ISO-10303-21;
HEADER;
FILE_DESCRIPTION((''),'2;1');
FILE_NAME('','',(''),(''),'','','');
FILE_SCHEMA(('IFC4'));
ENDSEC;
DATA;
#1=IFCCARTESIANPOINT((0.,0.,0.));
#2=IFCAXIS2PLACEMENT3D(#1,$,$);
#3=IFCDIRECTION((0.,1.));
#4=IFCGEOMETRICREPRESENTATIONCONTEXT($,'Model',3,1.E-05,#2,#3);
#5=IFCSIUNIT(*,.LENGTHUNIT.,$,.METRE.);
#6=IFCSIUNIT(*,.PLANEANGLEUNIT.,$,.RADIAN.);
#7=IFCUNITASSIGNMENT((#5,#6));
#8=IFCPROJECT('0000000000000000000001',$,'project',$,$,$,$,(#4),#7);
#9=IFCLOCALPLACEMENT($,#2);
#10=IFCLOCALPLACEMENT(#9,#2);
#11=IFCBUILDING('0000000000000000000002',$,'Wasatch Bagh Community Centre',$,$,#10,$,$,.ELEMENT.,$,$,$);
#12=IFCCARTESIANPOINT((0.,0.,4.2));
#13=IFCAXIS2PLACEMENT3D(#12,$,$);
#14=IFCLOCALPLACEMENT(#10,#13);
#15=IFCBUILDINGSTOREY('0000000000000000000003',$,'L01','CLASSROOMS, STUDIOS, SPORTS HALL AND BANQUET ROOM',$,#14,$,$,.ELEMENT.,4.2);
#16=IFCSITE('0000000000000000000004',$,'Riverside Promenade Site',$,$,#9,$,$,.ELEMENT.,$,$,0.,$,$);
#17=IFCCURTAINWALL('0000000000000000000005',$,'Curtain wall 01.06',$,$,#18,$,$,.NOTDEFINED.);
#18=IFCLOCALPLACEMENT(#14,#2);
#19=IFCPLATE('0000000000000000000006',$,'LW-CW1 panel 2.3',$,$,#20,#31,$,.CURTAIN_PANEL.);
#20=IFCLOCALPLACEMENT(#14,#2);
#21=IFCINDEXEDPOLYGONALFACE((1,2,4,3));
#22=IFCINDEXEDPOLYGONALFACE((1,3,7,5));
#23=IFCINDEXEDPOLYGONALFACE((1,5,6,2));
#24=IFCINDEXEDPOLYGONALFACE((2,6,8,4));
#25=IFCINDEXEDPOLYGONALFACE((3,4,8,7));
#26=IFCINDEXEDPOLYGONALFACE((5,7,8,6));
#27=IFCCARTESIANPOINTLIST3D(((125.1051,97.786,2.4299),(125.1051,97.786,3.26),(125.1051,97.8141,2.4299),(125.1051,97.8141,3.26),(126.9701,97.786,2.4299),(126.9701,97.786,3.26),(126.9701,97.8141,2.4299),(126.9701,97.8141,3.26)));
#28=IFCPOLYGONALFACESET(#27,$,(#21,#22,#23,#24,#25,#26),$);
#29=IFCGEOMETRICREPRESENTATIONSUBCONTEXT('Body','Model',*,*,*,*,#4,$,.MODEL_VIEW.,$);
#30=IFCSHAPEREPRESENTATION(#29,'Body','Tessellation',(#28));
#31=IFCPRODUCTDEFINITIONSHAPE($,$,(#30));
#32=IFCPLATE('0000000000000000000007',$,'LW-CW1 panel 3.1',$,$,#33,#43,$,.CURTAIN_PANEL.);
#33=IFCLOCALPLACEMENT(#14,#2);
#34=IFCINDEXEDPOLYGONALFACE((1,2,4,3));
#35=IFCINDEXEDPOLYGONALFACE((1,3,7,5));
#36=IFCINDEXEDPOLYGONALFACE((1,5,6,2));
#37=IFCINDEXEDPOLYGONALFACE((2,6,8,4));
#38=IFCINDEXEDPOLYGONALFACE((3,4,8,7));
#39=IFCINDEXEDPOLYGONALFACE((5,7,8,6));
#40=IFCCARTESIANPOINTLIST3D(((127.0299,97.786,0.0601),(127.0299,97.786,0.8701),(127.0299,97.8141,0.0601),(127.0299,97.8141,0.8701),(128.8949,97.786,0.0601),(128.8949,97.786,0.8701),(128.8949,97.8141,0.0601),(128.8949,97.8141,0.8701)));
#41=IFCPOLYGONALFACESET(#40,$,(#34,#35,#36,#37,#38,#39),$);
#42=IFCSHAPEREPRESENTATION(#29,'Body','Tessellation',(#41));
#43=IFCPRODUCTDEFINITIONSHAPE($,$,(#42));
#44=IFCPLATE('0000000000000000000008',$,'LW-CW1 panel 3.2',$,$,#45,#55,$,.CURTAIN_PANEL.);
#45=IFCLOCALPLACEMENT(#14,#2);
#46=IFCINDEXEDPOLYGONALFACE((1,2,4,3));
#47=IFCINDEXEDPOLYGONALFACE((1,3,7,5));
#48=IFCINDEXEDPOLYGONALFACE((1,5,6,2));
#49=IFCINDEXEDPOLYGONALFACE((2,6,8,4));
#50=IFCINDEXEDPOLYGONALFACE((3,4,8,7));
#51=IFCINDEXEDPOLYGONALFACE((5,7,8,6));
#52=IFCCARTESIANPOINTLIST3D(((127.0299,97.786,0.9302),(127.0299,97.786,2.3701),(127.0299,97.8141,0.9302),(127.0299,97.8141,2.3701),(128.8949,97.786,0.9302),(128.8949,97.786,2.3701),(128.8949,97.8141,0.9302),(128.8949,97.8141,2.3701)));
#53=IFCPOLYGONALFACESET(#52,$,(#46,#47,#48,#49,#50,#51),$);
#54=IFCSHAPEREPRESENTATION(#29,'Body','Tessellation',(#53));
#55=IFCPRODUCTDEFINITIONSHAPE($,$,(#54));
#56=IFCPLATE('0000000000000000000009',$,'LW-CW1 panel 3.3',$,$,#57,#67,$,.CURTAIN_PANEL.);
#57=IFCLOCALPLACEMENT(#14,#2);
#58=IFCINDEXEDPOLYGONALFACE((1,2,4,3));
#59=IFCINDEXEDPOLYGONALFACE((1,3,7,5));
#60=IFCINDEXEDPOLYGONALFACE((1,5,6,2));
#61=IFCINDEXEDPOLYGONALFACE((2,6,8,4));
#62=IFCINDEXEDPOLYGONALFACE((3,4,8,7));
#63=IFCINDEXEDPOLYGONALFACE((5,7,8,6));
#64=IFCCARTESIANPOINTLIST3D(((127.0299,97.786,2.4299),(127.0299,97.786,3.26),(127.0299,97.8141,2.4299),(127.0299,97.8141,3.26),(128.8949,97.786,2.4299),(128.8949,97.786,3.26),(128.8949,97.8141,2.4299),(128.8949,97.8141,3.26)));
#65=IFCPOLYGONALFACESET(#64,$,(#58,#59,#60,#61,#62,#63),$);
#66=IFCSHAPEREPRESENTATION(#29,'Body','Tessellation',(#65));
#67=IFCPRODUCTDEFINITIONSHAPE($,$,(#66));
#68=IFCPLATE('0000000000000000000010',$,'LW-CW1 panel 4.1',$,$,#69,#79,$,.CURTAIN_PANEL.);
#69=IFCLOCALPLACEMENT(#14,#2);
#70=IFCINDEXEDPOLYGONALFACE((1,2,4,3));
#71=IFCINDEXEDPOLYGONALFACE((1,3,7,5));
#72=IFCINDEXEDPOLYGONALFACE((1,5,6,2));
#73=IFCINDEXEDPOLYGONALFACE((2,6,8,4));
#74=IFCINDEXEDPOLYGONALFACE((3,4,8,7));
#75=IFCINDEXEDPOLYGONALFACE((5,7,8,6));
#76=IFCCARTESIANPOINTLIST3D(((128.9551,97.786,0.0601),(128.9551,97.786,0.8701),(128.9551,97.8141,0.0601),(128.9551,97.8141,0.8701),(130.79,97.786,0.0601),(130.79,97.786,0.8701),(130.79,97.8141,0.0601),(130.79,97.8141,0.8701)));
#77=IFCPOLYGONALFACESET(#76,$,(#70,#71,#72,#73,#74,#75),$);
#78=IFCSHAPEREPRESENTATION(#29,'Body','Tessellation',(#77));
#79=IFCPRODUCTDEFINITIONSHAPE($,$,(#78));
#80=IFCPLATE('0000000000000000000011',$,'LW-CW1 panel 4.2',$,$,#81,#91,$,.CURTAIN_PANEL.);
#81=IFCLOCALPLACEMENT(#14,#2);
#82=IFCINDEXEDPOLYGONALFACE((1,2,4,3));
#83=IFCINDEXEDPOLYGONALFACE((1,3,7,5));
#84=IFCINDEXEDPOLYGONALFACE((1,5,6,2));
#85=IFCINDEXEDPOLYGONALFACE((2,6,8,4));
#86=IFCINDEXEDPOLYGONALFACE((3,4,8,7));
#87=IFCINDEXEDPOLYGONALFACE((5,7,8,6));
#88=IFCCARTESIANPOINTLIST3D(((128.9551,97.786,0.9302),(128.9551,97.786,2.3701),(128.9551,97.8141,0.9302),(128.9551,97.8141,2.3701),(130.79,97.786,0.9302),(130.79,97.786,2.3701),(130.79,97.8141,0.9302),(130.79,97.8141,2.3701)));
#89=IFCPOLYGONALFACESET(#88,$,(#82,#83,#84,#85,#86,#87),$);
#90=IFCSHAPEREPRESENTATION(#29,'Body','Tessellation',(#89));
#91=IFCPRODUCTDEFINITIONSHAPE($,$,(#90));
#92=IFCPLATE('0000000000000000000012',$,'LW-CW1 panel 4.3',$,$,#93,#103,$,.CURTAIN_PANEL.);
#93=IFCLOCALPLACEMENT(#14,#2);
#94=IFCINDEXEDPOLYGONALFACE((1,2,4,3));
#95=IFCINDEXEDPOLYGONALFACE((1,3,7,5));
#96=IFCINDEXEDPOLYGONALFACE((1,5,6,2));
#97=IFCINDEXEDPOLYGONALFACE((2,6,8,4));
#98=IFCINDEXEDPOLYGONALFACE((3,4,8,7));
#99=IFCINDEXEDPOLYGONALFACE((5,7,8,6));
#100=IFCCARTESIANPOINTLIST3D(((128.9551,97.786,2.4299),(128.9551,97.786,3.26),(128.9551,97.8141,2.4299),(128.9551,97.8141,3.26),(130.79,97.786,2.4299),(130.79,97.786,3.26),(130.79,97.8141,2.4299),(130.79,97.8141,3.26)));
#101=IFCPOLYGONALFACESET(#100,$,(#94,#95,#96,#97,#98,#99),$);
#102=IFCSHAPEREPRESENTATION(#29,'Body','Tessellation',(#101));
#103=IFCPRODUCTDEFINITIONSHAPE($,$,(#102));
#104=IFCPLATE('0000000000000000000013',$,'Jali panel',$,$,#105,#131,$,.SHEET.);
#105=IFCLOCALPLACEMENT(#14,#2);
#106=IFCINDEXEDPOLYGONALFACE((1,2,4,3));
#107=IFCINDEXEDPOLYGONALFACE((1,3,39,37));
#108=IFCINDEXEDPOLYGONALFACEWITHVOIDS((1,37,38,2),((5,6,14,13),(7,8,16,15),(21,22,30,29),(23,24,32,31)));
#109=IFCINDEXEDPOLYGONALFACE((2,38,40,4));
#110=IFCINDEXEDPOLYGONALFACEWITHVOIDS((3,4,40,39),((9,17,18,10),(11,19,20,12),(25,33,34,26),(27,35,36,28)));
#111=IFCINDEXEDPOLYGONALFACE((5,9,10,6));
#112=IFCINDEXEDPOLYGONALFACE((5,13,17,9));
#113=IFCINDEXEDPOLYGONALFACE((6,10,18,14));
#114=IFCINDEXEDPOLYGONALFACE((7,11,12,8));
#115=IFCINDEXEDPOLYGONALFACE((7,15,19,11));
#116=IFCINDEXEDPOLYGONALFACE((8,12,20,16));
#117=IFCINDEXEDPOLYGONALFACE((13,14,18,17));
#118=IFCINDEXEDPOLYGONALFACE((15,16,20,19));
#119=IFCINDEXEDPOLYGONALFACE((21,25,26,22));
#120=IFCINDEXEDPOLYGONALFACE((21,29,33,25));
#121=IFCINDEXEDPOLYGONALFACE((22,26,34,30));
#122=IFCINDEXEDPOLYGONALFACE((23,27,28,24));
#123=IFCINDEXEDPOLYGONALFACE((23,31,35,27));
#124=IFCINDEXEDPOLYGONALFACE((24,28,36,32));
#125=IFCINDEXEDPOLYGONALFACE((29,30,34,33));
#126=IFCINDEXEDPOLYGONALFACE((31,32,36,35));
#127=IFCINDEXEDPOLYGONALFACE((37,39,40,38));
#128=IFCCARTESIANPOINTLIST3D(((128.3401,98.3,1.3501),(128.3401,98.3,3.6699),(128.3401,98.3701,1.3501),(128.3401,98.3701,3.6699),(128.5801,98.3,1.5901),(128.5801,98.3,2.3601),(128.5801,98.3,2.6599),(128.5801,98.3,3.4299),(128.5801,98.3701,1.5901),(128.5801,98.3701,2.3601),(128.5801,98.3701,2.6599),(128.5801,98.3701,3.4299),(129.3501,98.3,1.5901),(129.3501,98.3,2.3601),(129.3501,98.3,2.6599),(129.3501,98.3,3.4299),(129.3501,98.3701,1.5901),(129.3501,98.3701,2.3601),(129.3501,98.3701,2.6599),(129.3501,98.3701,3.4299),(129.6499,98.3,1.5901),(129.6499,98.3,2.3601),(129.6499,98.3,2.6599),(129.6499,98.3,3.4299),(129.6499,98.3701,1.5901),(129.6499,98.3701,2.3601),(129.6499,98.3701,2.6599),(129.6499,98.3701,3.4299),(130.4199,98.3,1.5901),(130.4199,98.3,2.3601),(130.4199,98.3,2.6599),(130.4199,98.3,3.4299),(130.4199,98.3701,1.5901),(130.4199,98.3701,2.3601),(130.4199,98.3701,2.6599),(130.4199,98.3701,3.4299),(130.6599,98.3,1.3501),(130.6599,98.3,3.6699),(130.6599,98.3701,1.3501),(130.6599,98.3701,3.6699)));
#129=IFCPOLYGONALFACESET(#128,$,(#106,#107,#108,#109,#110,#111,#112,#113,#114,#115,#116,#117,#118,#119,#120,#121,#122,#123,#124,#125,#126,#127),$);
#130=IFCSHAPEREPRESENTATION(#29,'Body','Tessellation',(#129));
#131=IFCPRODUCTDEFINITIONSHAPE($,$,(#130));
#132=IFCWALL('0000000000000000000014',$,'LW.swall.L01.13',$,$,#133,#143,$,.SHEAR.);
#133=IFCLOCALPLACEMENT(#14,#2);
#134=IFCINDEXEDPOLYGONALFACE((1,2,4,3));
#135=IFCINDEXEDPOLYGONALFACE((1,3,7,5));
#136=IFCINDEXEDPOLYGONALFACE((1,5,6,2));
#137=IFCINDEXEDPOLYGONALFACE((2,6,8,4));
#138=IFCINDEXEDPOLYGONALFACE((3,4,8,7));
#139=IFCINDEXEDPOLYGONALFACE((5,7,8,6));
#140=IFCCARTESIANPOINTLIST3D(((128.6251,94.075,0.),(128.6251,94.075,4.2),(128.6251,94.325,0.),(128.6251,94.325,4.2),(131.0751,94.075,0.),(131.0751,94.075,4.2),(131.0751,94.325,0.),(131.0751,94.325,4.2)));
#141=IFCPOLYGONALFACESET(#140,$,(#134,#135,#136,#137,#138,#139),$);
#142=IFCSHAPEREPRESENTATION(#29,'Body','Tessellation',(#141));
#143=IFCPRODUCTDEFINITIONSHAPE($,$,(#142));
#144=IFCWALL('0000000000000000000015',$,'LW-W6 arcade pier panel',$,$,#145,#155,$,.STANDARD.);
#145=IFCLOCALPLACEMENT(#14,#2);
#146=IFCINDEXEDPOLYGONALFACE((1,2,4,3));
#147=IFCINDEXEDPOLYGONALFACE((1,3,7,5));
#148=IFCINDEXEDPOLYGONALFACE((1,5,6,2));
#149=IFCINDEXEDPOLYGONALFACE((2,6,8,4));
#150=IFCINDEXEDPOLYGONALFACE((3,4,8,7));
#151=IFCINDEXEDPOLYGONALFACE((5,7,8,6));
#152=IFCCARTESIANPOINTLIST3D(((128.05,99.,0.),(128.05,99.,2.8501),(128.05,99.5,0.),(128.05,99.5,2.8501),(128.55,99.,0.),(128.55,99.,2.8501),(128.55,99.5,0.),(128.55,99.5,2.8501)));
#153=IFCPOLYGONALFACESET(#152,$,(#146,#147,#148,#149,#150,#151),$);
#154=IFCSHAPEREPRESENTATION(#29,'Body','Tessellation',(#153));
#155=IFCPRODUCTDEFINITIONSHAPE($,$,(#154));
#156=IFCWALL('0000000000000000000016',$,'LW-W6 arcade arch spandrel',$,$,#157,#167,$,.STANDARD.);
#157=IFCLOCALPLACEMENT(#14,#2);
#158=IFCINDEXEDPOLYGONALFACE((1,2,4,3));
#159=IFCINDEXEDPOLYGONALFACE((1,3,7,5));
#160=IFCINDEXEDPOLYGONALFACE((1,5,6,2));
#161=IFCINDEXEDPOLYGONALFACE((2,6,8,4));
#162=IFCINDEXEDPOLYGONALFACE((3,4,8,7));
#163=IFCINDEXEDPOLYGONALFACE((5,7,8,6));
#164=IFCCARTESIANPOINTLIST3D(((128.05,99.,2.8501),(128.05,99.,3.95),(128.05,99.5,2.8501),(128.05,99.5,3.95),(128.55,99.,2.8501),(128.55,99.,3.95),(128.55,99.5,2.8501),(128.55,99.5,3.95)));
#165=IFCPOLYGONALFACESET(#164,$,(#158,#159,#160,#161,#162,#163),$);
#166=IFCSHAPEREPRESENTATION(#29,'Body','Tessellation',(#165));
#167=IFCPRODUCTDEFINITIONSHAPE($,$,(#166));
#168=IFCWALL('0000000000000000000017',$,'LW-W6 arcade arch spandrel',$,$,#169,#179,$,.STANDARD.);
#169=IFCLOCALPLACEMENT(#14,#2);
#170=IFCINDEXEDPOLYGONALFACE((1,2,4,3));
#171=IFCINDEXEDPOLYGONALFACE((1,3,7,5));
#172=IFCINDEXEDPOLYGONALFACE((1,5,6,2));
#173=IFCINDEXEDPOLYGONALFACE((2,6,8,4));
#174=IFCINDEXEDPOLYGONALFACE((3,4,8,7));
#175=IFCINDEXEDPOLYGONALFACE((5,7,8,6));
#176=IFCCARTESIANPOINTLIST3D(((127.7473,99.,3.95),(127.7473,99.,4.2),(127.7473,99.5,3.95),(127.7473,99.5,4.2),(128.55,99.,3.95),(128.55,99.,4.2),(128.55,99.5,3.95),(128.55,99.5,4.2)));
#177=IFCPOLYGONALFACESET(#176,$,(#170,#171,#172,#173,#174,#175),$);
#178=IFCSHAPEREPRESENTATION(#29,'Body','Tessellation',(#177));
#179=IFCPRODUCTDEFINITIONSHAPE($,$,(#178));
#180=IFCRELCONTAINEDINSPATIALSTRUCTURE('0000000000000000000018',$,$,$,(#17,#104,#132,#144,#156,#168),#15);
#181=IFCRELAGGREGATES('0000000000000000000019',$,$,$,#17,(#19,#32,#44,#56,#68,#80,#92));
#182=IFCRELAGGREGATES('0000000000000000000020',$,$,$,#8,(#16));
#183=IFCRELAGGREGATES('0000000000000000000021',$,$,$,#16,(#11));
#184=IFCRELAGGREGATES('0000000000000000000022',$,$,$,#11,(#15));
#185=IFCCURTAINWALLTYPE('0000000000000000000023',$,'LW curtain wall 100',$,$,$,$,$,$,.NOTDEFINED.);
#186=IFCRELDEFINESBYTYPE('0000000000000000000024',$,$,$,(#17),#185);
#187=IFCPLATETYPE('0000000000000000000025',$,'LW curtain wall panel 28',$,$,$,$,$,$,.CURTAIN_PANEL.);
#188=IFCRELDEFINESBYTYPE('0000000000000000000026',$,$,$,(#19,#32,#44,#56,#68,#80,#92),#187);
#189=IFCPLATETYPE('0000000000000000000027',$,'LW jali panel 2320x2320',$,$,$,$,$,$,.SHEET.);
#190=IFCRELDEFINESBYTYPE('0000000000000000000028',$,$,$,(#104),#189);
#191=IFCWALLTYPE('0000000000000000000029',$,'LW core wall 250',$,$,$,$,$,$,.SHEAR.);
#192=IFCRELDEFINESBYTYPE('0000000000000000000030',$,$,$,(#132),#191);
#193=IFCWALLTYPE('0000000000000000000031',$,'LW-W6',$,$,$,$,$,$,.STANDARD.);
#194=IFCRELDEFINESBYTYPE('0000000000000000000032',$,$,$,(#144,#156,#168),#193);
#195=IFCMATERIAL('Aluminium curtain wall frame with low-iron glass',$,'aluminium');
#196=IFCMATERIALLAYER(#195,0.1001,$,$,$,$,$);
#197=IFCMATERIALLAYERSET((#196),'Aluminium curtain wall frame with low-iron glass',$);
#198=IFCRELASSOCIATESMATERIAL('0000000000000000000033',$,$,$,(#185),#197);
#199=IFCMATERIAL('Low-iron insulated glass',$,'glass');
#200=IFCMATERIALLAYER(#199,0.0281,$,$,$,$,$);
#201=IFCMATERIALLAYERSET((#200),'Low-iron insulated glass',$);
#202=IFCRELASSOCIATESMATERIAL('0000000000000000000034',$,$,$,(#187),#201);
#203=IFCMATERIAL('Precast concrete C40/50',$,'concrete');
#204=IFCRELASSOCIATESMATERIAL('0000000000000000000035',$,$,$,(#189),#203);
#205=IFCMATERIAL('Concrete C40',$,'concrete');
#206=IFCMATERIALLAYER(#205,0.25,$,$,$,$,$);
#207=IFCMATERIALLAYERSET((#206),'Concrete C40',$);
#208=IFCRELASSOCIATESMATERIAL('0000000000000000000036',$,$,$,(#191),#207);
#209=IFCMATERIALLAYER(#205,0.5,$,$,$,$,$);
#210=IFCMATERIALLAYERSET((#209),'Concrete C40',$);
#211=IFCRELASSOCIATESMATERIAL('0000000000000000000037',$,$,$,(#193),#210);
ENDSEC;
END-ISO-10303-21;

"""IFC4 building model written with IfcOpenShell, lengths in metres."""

from ifc_helpers import new_model, si_unit, direction, frame, frame_2d, origin, origin_2d, place, context, subcontext, project, spatial, polyline, rectangle, outline, extrude, material, layer, layer_set, material_profile, profile_set, type_object, element, aggregate, save


model = new_model("IFC4")

# Units and contexts
model_context = context("Model", 3, precision=1e-05, world=origin(), true_north=direction((0.0, 1.0)))
body_context = subcontext(model_context, "Body", "Model", "MODEL_VIEW")
ifc_project = project(units=[si_unit("LENGTHUNIT", "METRE"), si_unit("PLANEANGLEUNIT", "RADIAN")], contexts=[model_context])

# Site, building, storey
site_placement = place(None, origin())
site = spatial("IfcSite", under=ifc_project, at=site_placement, Name="Riverside Promenade Site", CompositionType="ELEMENT", RefElevation=0.0)
building_placement = place(site_placement, origin())
building = spatial("IfcBuilding", under=site, at=building_placement, Name="Wasatch Bagh Community Centre", CompositionType="ELEMENT")
storey_placement = place(building_placement, frame((0.0, 0.0, 4.2)))
storey = spatial("IfcBuildingStorey", under=building, at=storey_placement, Name="L01", Description="CLASSROOMS, STUDIOS, SPORTS HALL AND BANQUET ROOM", CompositionType="ELEMENT", Elevation=4.2)

# Shared definitions
ifc_material_1 = material(Name="Concrete C40", Category="concrete")

# Curtain wall, plates
ifc_material_2 = material(Name="Aluminium curtain wall frame with low-iron glass", Category="aluminium")
ifc_layer_1 = layer(ifc_material_2, 0.1001)
ifc_layer_set_1 = layer_set([ifc_layer_1], Name="Aluminium curtain wall frame with low-iron glass")
curtain_wall_type = type_object("IfcCurtainWallType", Name="LW curtain wall 100", PredefinedType="NOTDEFINED", material=ifc_layer_set_1)
curtain_wall_placement = place(storey_placement, origin())
curtain_wall = element("IfcCurtainWall", 1, at=curtain_wall_placement, inside=storey, type_object=curtain_wall_type, Name="Curtain wall 01.06", PredefinedType="NOTDEFINED")
ifc_material_3 = material(Name="Low-iron insulated glass", Category="glass")
ifc_layer_2 = layer(ifc_material_3, 0.0281)
ifc_layer_set_2 = layer_set([ifc_layer_2], Name="Low-iron insulated glass")
plate_type_1 = type_object("IfcPlateType", Name="LW curtain wall panel 28", PredefinedType="CURTAIN_PANEL", material=ifc_layer_set_2)
plate_1_placement = place(storey_placement, frame((126.0376, 97.8, 2.4299), z_axis=(0.0, 0.0, 1.0), x_axis=(1.0, 0.0, 0.0)))
plate_1 = element("IfcPlate", 2, at=plate_1_placement, type_object=plate_type_1, Name="LW-CW1 panel 2.3", PredefinedType="CURTAIN_PANEL", context=body_context, shape_type="SweptSolid", body=[
    extrude(rectangle(XDim=1.865, YDim=0.0281, at=origin_2d()), origin(), (0.0, 0.0, 1.0), 0.8301),
])
plate_2_placement = place(storey_placement, frame((127.9624, 97.8, 0.0601), z_axis=(0.0, 0.0, 1.0), x_axis=(1.0, 0.0, 0.0)))
plate_2 = element("IfcPlate", 3, at=plate_2_placement, type_object=plate_type_1, Name="LW-CW1 panel 3.1", PredefinedType="CURTAIN_PANEL", context=body_context, shape_type="SweptSolid", body=[
    extrude(rectangle(XDim=1.865, YDim=0.0281, at=origin_2d()), origin(), (0.0, 0.0, 1.0), 0.8101),
])
plate_3_placement = place(storey_placement, frame((127.9624, 97.8, 0.9302), z_axis=(0.0, 0.0, 1.0), x_axis=(1.0, 0.0, 0.0)))
plate_3 = element("IfcPlate", 4, at=plate_3_placement, type_object=plate_type_1, Name="LW-CW1 panel 3.2", PredefinedType="CURTAIN_PANEL", context=body_context, shape_type="SweptSolid", body=[
    extrude(rectangle(XDim=1.865, YDim=0.0281, at=origin_2d()), origin(), (0.0, 0.0, 1.0), 1.4399),
])
plate_4_placement = place(storey_placement, frame((127.9624, 97.8, 2.4299), z_axis=(0.0, 0.0, 1.0), x_axis=(1.0, 0.0, 0.0)))
plate_4 = element("IfcPlate", 5, at=plate_4_placement, type_object=plate_type_1, Name="LW-CW1 panel 3.3", PredefinedType="CURTAIN_PANEL", context=body_context, shape_type="SweptSolid", body=[
    extrude(rectangle(XDim=1.865, YDim=0.0281, at=origin_2d()), origin(), (0.0, 0.0, 1.0), 0.8301),
])
plate_5_placement = place(storey_placement, frame((129.8726, 97.8, 0.0601), z_axis=(0.0, 0.0, 1.0), x_axis=(1.0, 0.0, 0.0)))
plate_5 = element("IfcPlate", 6, at=plate_5_placement, type_object=plate_type_1, Name="LW-CW1 panel 4.1", PredefinedType="CURTAIN_PANEL", context=body_context, shape_type="SweptSolid", body=[
    extrude(rectangle(XDim=1.835, YDim=0.0281, at=origin_2d()), origin(), (0.0, 0.0, 1.0), 0.8101),
])
plate_6_placement = place(storey_placement, frame((129.8726, 97.8, 0.9302), z_axis=(0.0, 0.0, 1.0), x_axis=(1.0, 0.0, 0.0)))
plate_6 = element("IfcPlate", 7, at=plate_6_placement, type_object=plate_type_1, Name="LW-CW1 panel 4.2", PredefinedType="CURTAIN_PANEL", context=body_context, shape_type="SweptSolid", body=[
    extrude(rectangle(XDim=1.835, YDim=0.0281, at=origin_2d()), origin(), (0.0, 0.0, 1.0), 1.4399),
])
plate_7_placement = place(storey_placement, frame((129.8726, 97.8, 2.4299), z_axis=(0.0, 0.0, 1.0), x_axis=(1.0, 0.0, 0.0)))
plate_7 = element("IfcPlate", 8, at=plate_7_placement, type_object=plate_type_1, Name="LW-CW1 panel 4.3", PredefinedType="CURTAIN_PANEL", context=body_context, shape_type="SweptSolid", body=[
    extrude(rectangle(XDim=1.835, YDim=0.0281, at=origin_2d()), origin(), (0.0, 0.0, 1.0), 0.8301),
])
aggregate(curtain_wall, [plate_1, plate_2, plate_3, plate_4, plate_5, plate_6, plate_7])

# Plate
ifc_material_4 = material(Name="Precast concrete C40/50", Category="concrete")
ifc_material_profile_1 = material_profile(ifc_material_4, outline(polyline([(-1.1599, -1.1599), (1.1599, -1.1599), (1.1599, 1.1599), (-1.1599, 1.1599), (-1.1599, -1.1599)]), holes=[polyline([(-0.9199, -0.9199), (-0.1499, -0.9199), (-0.1499, -0.1499), (-0.9199, -0.1499), (-0.9199, -0.9199)]), polyline([(-0.9199, 0.1499), (-0.1499, 0.1499), (-0.1499, 0.9199), (-0.9199, 0.9199), (-0.9199, 0.1499)]), polyline([(0.1499, -0.9199), (0.9199, -0.9199), (0.9199, -0.1499), (0.1499, -0.1499), (0.1499, -0.9199)]), polyline([(0.1499, 0.1499), (0.9199, 0.1499), (0.9199, 0.9199), (0.1499, 0.9199), (0.1499, 0.1499)])]), Name="Jali lattice")
ifc_profile_set_1 = profile_set([ifc_material_profile_1], Name="Precast concrete C40/50")
plate_type_2 = type_object("IfcPlateType", Name="LW jali panel 2320x2320", PredefinedType="SHEET", material=ifc_profile_set_1)
plate_8_placement = place(storey_placement, frame((129.5, 98.3, 2.51), z_axis=(0.0, 1.0, 0.0), x_axis=(-1.0, 0.0, 0.0)))
element("IfcPlate", 9, at=plate_8_placement, inside=storey, type_object=plate_type_2, Name="Jali panel", PredefinedType="SHEET", context=body_context, shape_type="SweptSolid", body=[
    extrude(outline(polyline([(-1.1599, -1.1599), (1.1599, -1.1599), (1.1599, 1.1599), (-1.1599, 1.1599), (-1.1599, -1.1599)]), holes=[polyline([(-0.9199, -0.9199), (-0.1499, -0.9199), (-0.1499, -0.1499), (-0.9199, -0.1499), (-0.9199, -0.9199)]), polyline([(-0.9199, 0.1499), (-0.1499, 0.1499), (-0.1499, 0.9199), (-0.9199, 0.9199), (-0.9199, 0.1499)]), polyline([(0.1499, -0.9199), (0.9199, -0.9199), (0.9199, -0.1499), (0.1499, -0.1499), (0.1499, -0.9199)]), polyline([(0.1499, 0.1499), (0.9199, 0.1499), (0.9199, 0.9199), (0.1499, 0.9199), (0.1499, 0.1499)])]), origin(), (0.0, 0.0, 1.0), 0.0701),
])

# Walls
ifc_layer_3 = layer(ifc_material_1, 0.25)
ifc_layer_set_3 = layer_set([ifc_layer_3], Name="Concrete C40")
wall_type_1 = type_object("IfcWallType", Name="LW core wall 250", PredefinedType="SHEAR", material=ifc_layer_set_3)
wall_1_placement = place(storey_placement, frame((128.625, 94.2, 0.0), z_axis=(0.0, 0.0, 1.0), x_axis=(1.0, 0.0, 0.0)))
element("IfcWall", 10, at=wall_1_placement, inside=storey, type_object=wall_type_1, Name="LW.swall.L01.13", PredefinedType="SHEAR", context=body_context, shape_type="SweptSolid", body=[
    extrude(rectangle(XDim=2.45, YDim=0.25, at=frame_2d((1.2251, 0.0))), origin(), (0.0, 0.0, 1.0), 4.2),
])
ifc_layer_4 = layer(ifc_material_1, 0.5)
ifc_layer_set_4 = layer_set([ifc_layer_4], Name="Concrete C40")
wall_type_2 = type_object("IfcWallType", Name="LW-W6", PredefinedType="STANDARD", material=ifc_layer_set_4)
wall_2_placement = place(storey_placement, frame((128.55, 99.25, 0.0), z_axis=(0.0, 0.0, 1.0), x_axis=(-1.0, 0.0, 0.0)))
element("IfcWall", 11, at=wall_2_placement, inside=storey, type_object=wall_type_2, Name="LW-W6 arcade pier panel", PredefinedType="STANDARD", context=body_context, shape_type="SweptSolid", body=[
    extrude(rectangle(XDim=0.5, YDim=0.5, at=frame_2d((0.25, 0.0))), origin(), (0.0, 0.0, 1.0), 2.8501),
])
wall_3_placement = place(storey_placement, frame((128.55, 99.25, 2.8501), z_axis=(0.0, 0.0, 1.0), x_axis=(-1.0, 0.0, 0.0)))
element("IfcWall", 12, at=wall_3_placement, inside=storey, type_object=wall_type_2, Name="LW-W6 arcade arch spandrel", PredefinedType="STANDARD", context=body_context, shape_type="SweptSolid", body=[
    extrude(rectangle(XDim=0.5, YDim=0.5, at=frame_2d((0.25, 0.0))), origin(), (0.0, 0.0, 1.0), 1.0999),
])
wall_4_placement = place(storey_placement, frame((128.55, 99.25, 3.95), z_axis=(0.0, 0.0, 1.0), x_axis=(-1.0, 0.0, 0.0)))
element("IfcWall", 13, at=wall_4_placement, inside=storey, type_object=wall_type_2, Name="LW-W6 arcade arch spandrel", PredefinedType="STANDARD", context=body_context, shape_type="SweptSolid", body=[
    extrude(rectangle(XDim=0.8027, YDim=0.5, at=frame_2d((0.4014, 0.0))), origin(), (0.0, 0.0, 1.0), 0.25),
])

save(model, "model.ifc")
